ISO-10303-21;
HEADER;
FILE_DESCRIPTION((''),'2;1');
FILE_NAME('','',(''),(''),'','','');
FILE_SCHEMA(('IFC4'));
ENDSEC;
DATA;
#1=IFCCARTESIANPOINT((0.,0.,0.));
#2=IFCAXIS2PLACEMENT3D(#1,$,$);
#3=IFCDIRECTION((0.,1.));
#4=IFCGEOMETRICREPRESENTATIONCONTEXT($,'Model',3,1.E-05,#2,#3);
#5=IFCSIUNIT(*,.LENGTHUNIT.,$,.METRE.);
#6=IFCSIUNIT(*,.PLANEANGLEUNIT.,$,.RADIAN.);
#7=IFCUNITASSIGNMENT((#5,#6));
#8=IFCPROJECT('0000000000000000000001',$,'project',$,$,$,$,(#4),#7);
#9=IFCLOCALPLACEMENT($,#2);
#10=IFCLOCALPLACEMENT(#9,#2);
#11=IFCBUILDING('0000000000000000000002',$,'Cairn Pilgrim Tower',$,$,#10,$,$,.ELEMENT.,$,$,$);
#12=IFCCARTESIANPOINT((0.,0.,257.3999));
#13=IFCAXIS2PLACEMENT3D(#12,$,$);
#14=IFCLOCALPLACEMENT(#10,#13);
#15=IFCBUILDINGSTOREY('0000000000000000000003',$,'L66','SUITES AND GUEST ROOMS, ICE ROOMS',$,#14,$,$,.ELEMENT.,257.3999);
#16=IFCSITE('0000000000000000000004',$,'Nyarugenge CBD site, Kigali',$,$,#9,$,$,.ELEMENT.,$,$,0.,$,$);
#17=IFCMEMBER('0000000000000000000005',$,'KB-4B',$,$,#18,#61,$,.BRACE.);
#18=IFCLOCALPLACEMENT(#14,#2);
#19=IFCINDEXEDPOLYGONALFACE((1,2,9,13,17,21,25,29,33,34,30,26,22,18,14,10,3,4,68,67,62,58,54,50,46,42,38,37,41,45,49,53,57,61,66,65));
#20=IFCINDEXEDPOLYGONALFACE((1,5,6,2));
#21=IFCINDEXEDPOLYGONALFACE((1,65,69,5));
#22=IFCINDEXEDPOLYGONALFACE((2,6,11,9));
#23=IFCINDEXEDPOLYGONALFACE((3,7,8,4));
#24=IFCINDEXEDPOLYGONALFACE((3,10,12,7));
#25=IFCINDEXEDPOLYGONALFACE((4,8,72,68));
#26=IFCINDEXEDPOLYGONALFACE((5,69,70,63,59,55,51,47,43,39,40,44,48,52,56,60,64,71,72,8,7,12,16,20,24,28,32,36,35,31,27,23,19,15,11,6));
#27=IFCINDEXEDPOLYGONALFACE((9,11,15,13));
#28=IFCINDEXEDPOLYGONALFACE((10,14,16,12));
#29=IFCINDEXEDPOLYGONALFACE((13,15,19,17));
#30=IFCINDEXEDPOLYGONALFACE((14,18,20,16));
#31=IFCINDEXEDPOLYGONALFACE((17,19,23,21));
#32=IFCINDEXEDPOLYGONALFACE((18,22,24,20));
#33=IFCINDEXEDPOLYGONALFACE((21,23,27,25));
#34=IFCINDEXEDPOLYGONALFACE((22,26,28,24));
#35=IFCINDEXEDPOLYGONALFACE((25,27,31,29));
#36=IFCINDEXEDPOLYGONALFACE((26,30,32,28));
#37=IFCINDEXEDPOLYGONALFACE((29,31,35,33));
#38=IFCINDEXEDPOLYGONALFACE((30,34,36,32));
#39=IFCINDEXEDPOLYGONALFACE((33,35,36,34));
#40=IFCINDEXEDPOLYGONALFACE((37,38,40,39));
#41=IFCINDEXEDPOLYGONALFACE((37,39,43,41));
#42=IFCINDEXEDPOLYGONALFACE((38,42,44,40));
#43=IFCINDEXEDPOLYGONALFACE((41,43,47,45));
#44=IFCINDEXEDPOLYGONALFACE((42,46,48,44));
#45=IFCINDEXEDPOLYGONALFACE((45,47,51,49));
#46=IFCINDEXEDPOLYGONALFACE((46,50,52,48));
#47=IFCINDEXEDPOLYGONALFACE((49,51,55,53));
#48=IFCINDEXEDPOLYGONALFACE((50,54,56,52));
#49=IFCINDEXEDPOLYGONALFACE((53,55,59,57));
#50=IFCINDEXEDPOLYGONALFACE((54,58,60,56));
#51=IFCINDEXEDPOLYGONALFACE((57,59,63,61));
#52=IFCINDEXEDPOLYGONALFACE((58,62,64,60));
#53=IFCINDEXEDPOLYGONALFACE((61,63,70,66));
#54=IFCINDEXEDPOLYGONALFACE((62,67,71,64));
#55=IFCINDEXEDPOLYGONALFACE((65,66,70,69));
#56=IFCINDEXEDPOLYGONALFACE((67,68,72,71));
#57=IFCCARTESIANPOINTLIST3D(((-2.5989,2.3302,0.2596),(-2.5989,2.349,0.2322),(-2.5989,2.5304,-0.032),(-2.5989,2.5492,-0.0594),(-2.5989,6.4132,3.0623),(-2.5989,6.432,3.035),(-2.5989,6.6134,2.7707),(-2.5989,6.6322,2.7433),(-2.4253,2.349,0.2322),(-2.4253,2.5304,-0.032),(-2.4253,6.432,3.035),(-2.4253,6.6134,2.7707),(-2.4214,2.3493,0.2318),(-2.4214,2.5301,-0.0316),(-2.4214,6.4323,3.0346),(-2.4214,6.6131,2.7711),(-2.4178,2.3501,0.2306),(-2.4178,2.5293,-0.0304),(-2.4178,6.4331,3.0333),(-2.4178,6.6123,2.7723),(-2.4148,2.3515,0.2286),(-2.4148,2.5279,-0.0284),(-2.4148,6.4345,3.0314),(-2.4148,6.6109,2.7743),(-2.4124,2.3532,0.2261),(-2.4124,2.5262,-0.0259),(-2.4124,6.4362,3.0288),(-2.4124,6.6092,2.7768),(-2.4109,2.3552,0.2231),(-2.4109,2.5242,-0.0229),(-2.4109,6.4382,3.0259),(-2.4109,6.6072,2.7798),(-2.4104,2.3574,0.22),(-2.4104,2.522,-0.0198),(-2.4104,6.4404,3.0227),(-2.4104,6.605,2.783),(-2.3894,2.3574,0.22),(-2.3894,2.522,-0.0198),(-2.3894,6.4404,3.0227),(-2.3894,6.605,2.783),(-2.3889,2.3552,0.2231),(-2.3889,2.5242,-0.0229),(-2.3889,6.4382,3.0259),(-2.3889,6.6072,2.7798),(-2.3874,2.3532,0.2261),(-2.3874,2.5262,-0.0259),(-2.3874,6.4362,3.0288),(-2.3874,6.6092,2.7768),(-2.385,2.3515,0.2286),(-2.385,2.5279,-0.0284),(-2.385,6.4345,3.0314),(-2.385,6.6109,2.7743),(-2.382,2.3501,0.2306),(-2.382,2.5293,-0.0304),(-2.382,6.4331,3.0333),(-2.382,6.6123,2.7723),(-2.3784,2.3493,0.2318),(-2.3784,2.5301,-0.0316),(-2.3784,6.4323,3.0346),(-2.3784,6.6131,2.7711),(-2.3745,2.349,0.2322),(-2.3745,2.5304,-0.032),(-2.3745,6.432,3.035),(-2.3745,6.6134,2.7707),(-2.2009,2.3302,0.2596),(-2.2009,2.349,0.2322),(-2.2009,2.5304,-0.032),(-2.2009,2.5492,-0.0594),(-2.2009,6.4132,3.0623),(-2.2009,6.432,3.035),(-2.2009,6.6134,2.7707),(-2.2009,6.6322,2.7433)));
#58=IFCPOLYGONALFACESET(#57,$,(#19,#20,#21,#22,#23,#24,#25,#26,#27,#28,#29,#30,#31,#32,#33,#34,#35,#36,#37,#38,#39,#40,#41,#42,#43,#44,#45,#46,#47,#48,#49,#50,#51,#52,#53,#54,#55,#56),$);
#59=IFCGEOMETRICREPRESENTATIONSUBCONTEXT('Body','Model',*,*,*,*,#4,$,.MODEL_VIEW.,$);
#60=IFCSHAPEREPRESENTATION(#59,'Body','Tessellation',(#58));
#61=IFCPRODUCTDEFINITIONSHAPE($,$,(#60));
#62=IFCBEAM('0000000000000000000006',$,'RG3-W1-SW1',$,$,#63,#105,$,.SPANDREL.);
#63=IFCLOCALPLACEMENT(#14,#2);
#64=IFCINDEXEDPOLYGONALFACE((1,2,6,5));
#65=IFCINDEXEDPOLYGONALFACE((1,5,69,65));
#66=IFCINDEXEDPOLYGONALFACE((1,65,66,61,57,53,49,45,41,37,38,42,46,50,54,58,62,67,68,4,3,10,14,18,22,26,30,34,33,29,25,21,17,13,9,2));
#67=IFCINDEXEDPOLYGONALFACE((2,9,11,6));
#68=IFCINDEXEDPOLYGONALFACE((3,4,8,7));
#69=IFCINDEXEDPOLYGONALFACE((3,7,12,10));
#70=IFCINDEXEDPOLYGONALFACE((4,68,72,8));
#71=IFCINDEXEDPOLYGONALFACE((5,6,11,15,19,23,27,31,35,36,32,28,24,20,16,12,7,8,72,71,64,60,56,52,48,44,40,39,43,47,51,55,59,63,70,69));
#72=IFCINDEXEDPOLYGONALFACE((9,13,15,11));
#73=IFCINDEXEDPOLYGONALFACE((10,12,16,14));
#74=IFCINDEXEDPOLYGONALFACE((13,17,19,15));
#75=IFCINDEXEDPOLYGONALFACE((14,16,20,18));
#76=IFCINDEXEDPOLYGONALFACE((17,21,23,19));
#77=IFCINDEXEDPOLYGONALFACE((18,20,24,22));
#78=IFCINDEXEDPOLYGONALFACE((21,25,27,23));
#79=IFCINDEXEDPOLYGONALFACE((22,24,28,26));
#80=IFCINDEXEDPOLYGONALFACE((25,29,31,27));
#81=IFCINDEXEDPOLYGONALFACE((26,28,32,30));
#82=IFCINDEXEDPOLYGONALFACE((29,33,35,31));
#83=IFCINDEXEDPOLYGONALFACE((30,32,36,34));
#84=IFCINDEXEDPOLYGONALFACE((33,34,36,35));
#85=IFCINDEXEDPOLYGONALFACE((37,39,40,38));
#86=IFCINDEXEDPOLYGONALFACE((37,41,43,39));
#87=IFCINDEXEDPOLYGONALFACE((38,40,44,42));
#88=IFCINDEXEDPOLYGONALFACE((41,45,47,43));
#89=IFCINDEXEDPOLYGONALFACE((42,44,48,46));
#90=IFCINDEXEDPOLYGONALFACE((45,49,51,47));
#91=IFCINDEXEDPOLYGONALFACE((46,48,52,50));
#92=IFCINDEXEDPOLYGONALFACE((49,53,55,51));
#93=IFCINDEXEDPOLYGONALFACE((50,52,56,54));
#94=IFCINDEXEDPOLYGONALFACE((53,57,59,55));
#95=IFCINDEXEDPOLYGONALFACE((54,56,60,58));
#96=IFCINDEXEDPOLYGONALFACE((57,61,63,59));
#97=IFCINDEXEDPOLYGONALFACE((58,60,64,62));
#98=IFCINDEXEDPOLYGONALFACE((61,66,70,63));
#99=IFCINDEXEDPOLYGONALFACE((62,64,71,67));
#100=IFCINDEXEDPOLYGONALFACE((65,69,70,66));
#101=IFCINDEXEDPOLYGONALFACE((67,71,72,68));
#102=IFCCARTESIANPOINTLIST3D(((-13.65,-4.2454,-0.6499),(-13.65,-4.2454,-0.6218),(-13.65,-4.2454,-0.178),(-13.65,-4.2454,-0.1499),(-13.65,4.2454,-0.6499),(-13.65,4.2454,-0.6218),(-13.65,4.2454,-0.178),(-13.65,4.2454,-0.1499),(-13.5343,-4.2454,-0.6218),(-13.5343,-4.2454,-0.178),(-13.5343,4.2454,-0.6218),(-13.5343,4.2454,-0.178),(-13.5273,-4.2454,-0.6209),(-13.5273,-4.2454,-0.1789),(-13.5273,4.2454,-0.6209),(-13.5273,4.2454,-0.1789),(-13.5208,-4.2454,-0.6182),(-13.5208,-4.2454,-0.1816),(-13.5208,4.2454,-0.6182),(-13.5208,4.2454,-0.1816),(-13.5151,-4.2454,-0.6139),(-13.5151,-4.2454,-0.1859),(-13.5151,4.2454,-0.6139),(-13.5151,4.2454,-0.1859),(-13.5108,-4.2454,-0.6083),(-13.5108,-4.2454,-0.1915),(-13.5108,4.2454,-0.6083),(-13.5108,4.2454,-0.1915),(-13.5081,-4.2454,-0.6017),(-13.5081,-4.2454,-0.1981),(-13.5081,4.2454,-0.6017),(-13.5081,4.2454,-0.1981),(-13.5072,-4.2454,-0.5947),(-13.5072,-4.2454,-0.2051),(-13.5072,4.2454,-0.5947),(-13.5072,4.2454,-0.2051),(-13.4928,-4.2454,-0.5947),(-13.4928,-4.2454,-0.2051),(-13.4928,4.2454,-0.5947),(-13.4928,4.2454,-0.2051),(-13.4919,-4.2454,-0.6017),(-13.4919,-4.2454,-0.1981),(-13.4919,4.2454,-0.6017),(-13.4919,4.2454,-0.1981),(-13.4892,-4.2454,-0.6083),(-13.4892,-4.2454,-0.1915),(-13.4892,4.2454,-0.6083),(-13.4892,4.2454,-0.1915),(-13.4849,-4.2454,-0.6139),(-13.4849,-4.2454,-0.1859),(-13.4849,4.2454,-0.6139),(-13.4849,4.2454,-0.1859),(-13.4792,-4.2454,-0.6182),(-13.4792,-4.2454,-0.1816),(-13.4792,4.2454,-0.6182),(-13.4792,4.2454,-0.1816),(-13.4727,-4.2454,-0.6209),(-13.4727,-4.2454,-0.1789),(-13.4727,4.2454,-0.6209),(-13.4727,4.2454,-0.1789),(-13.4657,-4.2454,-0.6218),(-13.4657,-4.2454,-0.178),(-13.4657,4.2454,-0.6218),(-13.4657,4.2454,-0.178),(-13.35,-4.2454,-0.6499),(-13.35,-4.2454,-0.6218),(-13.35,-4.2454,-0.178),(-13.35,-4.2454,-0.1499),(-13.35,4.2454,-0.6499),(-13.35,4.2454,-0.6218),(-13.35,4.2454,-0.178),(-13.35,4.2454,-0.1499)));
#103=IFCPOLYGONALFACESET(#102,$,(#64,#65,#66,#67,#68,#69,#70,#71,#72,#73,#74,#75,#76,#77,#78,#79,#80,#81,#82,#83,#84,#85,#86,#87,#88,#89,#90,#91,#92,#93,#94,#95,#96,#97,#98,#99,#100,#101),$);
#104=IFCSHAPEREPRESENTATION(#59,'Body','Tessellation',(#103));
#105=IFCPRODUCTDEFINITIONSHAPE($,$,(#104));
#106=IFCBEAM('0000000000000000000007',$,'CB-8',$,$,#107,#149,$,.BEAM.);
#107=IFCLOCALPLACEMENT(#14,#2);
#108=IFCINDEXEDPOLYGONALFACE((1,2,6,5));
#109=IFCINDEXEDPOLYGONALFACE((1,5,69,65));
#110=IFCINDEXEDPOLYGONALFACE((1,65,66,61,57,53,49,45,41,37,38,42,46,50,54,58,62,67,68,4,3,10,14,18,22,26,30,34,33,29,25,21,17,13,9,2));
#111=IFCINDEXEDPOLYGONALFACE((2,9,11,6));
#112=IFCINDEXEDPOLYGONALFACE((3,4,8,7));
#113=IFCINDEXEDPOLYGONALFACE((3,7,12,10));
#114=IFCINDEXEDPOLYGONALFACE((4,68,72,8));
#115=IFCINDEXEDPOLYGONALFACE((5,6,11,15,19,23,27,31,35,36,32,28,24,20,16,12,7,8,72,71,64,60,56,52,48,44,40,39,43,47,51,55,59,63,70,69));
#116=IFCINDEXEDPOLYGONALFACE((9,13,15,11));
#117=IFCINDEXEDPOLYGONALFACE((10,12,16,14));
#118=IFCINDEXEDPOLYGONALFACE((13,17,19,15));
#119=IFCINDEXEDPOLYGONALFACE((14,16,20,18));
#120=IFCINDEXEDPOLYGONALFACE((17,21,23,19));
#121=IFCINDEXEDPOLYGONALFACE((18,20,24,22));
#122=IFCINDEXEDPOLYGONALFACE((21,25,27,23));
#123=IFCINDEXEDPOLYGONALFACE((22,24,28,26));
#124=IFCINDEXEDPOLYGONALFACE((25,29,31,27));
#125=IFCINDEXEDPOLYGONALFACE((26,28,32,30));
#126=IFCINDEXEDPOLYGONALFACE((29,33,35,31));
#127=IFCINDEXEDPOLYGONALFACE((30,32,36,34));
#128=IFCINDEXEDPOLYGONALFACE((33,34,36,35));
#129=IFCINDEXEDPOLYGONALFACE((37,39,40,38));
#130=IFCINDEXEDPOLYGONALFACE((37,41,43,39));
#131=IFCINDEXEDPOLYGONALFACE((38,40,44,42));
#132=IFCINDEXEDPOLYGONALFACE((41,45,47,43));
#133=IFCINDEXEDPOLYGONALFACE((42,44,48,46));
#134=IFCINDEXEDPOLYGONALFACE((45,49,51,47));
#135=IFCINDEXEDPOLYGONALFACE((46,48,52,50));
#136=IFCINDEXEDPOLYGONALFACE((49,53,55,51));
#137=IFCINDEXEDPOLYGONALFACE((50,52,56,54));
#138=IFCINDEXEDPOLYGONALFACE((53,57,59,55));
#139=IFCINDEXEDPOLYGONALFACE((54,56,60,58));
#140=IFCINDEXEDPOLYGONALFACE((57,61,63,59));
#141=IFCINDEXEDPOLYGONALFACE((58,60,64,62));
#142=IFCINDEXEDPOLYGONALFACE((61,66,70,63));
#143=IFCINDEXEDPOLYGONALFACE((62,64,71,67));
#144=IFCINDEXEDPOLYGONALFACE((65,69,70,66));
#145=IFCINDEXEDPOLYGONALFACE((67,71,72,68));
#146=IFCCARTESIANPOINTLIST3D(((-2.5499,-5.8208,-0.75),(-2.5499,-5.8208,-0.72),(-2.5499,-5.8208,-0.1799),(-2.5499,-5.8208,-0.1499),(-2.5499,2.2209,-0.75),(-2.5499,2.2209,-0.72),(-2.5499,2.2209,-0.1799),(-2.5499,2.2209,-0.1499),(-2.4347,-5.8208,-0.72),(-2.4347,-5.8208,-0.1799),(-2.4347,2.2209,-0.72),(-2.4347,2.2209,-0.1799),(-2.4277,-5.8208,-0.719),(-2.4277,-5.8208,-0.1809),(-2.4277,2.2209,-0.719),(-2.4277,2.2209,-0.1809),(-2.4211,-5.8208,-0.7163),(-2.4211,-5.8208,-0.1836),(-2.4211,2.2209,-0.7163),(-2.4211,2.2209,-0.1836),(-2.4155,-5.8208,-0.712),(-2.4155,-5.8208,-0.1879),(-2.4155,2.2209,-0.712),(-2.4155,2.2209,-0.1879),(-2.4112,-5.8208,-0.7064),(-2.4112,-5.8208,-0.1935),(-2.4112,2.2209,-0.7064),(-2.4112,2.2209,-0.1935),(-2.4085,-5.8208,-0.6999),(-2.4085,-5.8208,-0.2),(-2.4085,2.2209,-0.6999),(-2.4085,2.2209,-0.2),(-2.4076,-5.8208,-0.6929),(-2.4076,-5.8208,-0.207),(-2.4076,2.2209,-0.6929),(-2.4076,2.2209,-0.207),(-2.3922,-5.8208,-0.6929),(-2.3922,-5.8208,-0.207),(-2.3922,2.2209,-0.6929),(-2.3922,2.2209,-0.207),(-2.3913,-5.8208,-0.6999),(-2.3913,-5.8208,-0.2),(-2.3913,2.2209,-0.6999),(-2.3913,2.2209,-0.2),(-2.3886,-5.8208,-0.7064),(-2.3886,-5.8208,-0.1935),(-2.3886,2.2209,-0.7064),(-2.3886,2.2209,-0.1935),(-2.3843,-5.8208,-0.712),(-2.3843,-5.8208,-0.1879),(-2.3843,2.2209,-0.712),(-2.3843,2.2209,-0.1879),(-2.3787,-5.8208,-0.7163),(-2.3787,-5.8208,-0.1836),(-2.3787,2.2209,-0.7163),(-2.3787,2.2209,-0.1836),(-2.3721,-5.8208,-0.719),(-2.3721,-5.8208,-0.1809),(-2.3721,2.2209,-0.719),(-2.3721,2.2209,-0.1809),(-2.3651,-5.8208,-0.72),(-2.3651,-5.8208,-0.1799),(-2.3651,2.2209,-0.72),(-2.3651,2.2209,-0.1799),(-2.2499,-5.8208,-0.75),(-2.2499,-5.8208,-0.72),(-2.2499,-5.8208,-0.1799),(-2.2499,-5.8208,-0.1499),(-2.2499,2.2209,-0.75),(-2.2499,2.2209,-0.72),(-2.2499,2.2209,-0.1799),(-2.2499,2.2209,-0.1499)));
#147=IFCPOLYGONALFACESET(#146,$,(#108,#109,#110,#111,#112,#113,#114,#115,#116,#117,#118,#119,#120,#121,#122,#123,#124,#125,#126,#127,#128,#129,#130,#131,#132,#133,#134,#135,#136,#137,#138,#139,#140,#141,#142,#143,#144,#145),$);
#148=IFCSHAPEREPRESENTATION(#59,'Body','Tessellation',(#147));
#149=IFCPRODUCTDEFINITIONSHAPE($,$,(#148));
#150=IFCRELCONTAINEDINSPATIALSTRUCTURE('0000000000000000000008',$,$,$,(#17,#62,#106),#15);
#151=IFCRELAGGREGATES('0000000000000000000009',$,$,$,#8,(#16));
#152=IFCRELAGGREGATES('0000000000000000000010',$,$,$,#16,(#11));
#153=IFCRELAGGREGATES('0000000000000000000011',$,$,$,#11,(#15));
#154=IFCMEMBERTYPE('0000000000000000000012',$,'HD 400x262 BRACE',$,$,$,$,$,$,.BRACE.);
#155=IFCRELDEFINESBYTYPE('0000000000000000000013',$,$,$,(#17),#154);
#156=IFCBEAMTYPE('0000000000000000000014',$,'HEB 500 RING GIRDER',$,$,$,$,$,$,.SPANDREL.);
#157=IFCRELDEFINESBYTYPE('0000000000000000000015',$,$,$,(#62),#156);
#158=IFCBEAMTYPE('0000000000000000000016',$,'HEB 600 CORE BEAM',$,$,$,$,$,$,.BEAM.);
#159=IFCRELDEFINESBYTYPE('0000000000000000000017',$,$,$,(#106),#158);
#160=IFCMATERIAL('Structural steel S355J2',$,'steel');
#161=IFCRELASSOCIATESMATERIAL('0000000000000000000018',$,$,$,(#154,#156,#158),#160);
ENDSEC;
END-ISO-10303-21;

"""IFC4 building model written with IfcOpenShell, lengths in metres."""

from ifc_helpers import new_model, si_unit, direction, frame, origin, origin_2d, place, context, subcontext, project, spatial, i_section, extrude, material, material_profile, profile_set, type_object, element, save


model = new_model("IFC4")

# Units and contexts
model_context = context("Model", 3, precision=1e-05, world=origin(), true_north=direction((0.0, 1.0)))
body_context = subcontext(model_context, "Body", "Model", "MODEL_VIEW")
ifc_project = project(units=[si_unit("LENGTHUNIT", "METRE"), si_unit("PLANEANGLEUNIT", "RADIAN")], contexts=[model_context])

# Site, building, storey
site_placement = place(None, origin())
site = spatial("IfcSite", under=ifc_project, at=site_placement, Name="Nyarugenge CBD site, Kigali", CompositionType="ELEMENT", RefElevation=0.0)
building_placement = place(site_placement, origin())
building = spatial("IfcBuilding", under=site, at=building_placement, Name="Cairn Pilgrim Tower", CompositionType="ELEMENT")
storey_placement = place(building_placement, frame((0.0, 0.0, 257.3999)))
storey = spatial("IfcBuildingStorey", under=building, at=storey_placement, Name="L66", Description="SUITES AND GUEST ROOMS, ICE ROOMS", CompositionType="ELEMENT", Elevation=257.3999)

# Shared definitions
ifc_material_1 = material(Name="Structural steel S355J2", Category="steel")

# Member
ifc_material_profile_1 = material_profile(ifc_material_1, i_section(OverallWidth=0.3979, OverallDepth=0.387, WebThickness=0.021, FlangeThickness=0.0332, FilletRadius=0.0149, at=origin_2d()), Name="HD 400x262")
ifc_profile_set_1 = profile_set([ifc_material_profile_1], Name="Structural steel S355J2")
member_type_1 = type_object("IfcMemberType", Name="HD 400x262 BRACE", PredefinedType="BRACE", material=ifc_profile_set_1)
member_1_placement = place(storey_placement, frame((-2.3999, 2.4397, 0.1001), z_axis=(0.0, 0.82445, 0.565934), x_axis=(-1.0, 0.0, 0.0)))
element("IfcMember", 1, at=member_1_placement, inside=storey, type_object=member_type_1, Name="KB-4B", PredefinedType="BRACE", context=body_context, shape_type="SweptSolid", body=[
    extrude(i_section(OverallWidth=0.3979, OverallDepth=0.387, WebThickness=0.021, FlangeThickness=0.0332, FilletRadius=0.0149, at=origin_2d()), origin(), (0.0, 0.0, 1.0), 4.9524),
])

# Beams
ifc_material_profile_2 = material_profile(ifc_material_1, i_section(OverallWidth=0.3, OverallDepth=0.5, WebThickness=0.0144, FlangeThickness=0.0281, FilletRadius=0.0271, at=origin_2d()), Name="HEB 500")
ifc_profile_set_2 = profile_set([ifc_material_profile_2], Name="Structural steel S355J2")
beam_type_1 = type_object("IfcBeamType", Name="HEB 500 RING GIRDER", PredefinedType="SPANDREL", material=ifc_profile_set_2)
beam_1_placement = place(storey_placement, frame((-13.5, 4.2454, -0.3999), z_axis=(0.0, -1.0, 0.0), x_axis=(1.0, 0.0, 0.0)))
element("IfcBeam", 2, at=beam_1_placement, inside=storey, type_object=beam_type_1, Name="RG3-W1-SW1", PredefinedType="SPANDREL", context=body_context, shape_type="SweptSolid", body=[
    extrude(i_section(OverallWidth=0.3, OverallDepth=0.5, WebThickness=0.0144, FlangeThickness=0.0281, FilletRadius=0.0271, at=origin_2d()), origin(), (0.0, 0.0, 1.0), 8.4907),
])
ifc_material_profile_3 = material_profile(ifc_material_1, i_section(OverallWidth=0.3, OverallDepth=0.6001, WebThickness=0.0154, FlangeThickness=0.03, FilletRadius=0.0271, at=origin_2d()), Name="HEB 600")
ifc_profile_set_3 = profile_set([ifc_material_profile_3], Name="Structural steel S355J2")
beam_type_2 = type_object("IfcBeamType", Name="HEB 600 CORE BEAM", PredefinedType="BEAM", material=ifc_profile_set_3)
beam_2_placement = place(storey_placement, frame((-2.3999, 2.2209, -0.45), z_axis=(0.0, -1.0, 0.0), x_axis=(1.0, 0.0, 0.0)))
element("IfcBeam", 3, at=beam_2_placement, inside=storey, type_object=beam_type_2, Name="CB-8", PredefinedType="BEAM", context=body_context, shape_type="SweptSolid", body=[
    extrude(i_section(OverallWidth=0.3, OverallDepth=0.6001, WebThickness=0.0154, FlangeThickness=0.03, FilletRadius=0.0271, at=origin_2d()), origin(), (0.0, 0.0, 1.0), 8.0417),
])

save(model, "model.ifc")
